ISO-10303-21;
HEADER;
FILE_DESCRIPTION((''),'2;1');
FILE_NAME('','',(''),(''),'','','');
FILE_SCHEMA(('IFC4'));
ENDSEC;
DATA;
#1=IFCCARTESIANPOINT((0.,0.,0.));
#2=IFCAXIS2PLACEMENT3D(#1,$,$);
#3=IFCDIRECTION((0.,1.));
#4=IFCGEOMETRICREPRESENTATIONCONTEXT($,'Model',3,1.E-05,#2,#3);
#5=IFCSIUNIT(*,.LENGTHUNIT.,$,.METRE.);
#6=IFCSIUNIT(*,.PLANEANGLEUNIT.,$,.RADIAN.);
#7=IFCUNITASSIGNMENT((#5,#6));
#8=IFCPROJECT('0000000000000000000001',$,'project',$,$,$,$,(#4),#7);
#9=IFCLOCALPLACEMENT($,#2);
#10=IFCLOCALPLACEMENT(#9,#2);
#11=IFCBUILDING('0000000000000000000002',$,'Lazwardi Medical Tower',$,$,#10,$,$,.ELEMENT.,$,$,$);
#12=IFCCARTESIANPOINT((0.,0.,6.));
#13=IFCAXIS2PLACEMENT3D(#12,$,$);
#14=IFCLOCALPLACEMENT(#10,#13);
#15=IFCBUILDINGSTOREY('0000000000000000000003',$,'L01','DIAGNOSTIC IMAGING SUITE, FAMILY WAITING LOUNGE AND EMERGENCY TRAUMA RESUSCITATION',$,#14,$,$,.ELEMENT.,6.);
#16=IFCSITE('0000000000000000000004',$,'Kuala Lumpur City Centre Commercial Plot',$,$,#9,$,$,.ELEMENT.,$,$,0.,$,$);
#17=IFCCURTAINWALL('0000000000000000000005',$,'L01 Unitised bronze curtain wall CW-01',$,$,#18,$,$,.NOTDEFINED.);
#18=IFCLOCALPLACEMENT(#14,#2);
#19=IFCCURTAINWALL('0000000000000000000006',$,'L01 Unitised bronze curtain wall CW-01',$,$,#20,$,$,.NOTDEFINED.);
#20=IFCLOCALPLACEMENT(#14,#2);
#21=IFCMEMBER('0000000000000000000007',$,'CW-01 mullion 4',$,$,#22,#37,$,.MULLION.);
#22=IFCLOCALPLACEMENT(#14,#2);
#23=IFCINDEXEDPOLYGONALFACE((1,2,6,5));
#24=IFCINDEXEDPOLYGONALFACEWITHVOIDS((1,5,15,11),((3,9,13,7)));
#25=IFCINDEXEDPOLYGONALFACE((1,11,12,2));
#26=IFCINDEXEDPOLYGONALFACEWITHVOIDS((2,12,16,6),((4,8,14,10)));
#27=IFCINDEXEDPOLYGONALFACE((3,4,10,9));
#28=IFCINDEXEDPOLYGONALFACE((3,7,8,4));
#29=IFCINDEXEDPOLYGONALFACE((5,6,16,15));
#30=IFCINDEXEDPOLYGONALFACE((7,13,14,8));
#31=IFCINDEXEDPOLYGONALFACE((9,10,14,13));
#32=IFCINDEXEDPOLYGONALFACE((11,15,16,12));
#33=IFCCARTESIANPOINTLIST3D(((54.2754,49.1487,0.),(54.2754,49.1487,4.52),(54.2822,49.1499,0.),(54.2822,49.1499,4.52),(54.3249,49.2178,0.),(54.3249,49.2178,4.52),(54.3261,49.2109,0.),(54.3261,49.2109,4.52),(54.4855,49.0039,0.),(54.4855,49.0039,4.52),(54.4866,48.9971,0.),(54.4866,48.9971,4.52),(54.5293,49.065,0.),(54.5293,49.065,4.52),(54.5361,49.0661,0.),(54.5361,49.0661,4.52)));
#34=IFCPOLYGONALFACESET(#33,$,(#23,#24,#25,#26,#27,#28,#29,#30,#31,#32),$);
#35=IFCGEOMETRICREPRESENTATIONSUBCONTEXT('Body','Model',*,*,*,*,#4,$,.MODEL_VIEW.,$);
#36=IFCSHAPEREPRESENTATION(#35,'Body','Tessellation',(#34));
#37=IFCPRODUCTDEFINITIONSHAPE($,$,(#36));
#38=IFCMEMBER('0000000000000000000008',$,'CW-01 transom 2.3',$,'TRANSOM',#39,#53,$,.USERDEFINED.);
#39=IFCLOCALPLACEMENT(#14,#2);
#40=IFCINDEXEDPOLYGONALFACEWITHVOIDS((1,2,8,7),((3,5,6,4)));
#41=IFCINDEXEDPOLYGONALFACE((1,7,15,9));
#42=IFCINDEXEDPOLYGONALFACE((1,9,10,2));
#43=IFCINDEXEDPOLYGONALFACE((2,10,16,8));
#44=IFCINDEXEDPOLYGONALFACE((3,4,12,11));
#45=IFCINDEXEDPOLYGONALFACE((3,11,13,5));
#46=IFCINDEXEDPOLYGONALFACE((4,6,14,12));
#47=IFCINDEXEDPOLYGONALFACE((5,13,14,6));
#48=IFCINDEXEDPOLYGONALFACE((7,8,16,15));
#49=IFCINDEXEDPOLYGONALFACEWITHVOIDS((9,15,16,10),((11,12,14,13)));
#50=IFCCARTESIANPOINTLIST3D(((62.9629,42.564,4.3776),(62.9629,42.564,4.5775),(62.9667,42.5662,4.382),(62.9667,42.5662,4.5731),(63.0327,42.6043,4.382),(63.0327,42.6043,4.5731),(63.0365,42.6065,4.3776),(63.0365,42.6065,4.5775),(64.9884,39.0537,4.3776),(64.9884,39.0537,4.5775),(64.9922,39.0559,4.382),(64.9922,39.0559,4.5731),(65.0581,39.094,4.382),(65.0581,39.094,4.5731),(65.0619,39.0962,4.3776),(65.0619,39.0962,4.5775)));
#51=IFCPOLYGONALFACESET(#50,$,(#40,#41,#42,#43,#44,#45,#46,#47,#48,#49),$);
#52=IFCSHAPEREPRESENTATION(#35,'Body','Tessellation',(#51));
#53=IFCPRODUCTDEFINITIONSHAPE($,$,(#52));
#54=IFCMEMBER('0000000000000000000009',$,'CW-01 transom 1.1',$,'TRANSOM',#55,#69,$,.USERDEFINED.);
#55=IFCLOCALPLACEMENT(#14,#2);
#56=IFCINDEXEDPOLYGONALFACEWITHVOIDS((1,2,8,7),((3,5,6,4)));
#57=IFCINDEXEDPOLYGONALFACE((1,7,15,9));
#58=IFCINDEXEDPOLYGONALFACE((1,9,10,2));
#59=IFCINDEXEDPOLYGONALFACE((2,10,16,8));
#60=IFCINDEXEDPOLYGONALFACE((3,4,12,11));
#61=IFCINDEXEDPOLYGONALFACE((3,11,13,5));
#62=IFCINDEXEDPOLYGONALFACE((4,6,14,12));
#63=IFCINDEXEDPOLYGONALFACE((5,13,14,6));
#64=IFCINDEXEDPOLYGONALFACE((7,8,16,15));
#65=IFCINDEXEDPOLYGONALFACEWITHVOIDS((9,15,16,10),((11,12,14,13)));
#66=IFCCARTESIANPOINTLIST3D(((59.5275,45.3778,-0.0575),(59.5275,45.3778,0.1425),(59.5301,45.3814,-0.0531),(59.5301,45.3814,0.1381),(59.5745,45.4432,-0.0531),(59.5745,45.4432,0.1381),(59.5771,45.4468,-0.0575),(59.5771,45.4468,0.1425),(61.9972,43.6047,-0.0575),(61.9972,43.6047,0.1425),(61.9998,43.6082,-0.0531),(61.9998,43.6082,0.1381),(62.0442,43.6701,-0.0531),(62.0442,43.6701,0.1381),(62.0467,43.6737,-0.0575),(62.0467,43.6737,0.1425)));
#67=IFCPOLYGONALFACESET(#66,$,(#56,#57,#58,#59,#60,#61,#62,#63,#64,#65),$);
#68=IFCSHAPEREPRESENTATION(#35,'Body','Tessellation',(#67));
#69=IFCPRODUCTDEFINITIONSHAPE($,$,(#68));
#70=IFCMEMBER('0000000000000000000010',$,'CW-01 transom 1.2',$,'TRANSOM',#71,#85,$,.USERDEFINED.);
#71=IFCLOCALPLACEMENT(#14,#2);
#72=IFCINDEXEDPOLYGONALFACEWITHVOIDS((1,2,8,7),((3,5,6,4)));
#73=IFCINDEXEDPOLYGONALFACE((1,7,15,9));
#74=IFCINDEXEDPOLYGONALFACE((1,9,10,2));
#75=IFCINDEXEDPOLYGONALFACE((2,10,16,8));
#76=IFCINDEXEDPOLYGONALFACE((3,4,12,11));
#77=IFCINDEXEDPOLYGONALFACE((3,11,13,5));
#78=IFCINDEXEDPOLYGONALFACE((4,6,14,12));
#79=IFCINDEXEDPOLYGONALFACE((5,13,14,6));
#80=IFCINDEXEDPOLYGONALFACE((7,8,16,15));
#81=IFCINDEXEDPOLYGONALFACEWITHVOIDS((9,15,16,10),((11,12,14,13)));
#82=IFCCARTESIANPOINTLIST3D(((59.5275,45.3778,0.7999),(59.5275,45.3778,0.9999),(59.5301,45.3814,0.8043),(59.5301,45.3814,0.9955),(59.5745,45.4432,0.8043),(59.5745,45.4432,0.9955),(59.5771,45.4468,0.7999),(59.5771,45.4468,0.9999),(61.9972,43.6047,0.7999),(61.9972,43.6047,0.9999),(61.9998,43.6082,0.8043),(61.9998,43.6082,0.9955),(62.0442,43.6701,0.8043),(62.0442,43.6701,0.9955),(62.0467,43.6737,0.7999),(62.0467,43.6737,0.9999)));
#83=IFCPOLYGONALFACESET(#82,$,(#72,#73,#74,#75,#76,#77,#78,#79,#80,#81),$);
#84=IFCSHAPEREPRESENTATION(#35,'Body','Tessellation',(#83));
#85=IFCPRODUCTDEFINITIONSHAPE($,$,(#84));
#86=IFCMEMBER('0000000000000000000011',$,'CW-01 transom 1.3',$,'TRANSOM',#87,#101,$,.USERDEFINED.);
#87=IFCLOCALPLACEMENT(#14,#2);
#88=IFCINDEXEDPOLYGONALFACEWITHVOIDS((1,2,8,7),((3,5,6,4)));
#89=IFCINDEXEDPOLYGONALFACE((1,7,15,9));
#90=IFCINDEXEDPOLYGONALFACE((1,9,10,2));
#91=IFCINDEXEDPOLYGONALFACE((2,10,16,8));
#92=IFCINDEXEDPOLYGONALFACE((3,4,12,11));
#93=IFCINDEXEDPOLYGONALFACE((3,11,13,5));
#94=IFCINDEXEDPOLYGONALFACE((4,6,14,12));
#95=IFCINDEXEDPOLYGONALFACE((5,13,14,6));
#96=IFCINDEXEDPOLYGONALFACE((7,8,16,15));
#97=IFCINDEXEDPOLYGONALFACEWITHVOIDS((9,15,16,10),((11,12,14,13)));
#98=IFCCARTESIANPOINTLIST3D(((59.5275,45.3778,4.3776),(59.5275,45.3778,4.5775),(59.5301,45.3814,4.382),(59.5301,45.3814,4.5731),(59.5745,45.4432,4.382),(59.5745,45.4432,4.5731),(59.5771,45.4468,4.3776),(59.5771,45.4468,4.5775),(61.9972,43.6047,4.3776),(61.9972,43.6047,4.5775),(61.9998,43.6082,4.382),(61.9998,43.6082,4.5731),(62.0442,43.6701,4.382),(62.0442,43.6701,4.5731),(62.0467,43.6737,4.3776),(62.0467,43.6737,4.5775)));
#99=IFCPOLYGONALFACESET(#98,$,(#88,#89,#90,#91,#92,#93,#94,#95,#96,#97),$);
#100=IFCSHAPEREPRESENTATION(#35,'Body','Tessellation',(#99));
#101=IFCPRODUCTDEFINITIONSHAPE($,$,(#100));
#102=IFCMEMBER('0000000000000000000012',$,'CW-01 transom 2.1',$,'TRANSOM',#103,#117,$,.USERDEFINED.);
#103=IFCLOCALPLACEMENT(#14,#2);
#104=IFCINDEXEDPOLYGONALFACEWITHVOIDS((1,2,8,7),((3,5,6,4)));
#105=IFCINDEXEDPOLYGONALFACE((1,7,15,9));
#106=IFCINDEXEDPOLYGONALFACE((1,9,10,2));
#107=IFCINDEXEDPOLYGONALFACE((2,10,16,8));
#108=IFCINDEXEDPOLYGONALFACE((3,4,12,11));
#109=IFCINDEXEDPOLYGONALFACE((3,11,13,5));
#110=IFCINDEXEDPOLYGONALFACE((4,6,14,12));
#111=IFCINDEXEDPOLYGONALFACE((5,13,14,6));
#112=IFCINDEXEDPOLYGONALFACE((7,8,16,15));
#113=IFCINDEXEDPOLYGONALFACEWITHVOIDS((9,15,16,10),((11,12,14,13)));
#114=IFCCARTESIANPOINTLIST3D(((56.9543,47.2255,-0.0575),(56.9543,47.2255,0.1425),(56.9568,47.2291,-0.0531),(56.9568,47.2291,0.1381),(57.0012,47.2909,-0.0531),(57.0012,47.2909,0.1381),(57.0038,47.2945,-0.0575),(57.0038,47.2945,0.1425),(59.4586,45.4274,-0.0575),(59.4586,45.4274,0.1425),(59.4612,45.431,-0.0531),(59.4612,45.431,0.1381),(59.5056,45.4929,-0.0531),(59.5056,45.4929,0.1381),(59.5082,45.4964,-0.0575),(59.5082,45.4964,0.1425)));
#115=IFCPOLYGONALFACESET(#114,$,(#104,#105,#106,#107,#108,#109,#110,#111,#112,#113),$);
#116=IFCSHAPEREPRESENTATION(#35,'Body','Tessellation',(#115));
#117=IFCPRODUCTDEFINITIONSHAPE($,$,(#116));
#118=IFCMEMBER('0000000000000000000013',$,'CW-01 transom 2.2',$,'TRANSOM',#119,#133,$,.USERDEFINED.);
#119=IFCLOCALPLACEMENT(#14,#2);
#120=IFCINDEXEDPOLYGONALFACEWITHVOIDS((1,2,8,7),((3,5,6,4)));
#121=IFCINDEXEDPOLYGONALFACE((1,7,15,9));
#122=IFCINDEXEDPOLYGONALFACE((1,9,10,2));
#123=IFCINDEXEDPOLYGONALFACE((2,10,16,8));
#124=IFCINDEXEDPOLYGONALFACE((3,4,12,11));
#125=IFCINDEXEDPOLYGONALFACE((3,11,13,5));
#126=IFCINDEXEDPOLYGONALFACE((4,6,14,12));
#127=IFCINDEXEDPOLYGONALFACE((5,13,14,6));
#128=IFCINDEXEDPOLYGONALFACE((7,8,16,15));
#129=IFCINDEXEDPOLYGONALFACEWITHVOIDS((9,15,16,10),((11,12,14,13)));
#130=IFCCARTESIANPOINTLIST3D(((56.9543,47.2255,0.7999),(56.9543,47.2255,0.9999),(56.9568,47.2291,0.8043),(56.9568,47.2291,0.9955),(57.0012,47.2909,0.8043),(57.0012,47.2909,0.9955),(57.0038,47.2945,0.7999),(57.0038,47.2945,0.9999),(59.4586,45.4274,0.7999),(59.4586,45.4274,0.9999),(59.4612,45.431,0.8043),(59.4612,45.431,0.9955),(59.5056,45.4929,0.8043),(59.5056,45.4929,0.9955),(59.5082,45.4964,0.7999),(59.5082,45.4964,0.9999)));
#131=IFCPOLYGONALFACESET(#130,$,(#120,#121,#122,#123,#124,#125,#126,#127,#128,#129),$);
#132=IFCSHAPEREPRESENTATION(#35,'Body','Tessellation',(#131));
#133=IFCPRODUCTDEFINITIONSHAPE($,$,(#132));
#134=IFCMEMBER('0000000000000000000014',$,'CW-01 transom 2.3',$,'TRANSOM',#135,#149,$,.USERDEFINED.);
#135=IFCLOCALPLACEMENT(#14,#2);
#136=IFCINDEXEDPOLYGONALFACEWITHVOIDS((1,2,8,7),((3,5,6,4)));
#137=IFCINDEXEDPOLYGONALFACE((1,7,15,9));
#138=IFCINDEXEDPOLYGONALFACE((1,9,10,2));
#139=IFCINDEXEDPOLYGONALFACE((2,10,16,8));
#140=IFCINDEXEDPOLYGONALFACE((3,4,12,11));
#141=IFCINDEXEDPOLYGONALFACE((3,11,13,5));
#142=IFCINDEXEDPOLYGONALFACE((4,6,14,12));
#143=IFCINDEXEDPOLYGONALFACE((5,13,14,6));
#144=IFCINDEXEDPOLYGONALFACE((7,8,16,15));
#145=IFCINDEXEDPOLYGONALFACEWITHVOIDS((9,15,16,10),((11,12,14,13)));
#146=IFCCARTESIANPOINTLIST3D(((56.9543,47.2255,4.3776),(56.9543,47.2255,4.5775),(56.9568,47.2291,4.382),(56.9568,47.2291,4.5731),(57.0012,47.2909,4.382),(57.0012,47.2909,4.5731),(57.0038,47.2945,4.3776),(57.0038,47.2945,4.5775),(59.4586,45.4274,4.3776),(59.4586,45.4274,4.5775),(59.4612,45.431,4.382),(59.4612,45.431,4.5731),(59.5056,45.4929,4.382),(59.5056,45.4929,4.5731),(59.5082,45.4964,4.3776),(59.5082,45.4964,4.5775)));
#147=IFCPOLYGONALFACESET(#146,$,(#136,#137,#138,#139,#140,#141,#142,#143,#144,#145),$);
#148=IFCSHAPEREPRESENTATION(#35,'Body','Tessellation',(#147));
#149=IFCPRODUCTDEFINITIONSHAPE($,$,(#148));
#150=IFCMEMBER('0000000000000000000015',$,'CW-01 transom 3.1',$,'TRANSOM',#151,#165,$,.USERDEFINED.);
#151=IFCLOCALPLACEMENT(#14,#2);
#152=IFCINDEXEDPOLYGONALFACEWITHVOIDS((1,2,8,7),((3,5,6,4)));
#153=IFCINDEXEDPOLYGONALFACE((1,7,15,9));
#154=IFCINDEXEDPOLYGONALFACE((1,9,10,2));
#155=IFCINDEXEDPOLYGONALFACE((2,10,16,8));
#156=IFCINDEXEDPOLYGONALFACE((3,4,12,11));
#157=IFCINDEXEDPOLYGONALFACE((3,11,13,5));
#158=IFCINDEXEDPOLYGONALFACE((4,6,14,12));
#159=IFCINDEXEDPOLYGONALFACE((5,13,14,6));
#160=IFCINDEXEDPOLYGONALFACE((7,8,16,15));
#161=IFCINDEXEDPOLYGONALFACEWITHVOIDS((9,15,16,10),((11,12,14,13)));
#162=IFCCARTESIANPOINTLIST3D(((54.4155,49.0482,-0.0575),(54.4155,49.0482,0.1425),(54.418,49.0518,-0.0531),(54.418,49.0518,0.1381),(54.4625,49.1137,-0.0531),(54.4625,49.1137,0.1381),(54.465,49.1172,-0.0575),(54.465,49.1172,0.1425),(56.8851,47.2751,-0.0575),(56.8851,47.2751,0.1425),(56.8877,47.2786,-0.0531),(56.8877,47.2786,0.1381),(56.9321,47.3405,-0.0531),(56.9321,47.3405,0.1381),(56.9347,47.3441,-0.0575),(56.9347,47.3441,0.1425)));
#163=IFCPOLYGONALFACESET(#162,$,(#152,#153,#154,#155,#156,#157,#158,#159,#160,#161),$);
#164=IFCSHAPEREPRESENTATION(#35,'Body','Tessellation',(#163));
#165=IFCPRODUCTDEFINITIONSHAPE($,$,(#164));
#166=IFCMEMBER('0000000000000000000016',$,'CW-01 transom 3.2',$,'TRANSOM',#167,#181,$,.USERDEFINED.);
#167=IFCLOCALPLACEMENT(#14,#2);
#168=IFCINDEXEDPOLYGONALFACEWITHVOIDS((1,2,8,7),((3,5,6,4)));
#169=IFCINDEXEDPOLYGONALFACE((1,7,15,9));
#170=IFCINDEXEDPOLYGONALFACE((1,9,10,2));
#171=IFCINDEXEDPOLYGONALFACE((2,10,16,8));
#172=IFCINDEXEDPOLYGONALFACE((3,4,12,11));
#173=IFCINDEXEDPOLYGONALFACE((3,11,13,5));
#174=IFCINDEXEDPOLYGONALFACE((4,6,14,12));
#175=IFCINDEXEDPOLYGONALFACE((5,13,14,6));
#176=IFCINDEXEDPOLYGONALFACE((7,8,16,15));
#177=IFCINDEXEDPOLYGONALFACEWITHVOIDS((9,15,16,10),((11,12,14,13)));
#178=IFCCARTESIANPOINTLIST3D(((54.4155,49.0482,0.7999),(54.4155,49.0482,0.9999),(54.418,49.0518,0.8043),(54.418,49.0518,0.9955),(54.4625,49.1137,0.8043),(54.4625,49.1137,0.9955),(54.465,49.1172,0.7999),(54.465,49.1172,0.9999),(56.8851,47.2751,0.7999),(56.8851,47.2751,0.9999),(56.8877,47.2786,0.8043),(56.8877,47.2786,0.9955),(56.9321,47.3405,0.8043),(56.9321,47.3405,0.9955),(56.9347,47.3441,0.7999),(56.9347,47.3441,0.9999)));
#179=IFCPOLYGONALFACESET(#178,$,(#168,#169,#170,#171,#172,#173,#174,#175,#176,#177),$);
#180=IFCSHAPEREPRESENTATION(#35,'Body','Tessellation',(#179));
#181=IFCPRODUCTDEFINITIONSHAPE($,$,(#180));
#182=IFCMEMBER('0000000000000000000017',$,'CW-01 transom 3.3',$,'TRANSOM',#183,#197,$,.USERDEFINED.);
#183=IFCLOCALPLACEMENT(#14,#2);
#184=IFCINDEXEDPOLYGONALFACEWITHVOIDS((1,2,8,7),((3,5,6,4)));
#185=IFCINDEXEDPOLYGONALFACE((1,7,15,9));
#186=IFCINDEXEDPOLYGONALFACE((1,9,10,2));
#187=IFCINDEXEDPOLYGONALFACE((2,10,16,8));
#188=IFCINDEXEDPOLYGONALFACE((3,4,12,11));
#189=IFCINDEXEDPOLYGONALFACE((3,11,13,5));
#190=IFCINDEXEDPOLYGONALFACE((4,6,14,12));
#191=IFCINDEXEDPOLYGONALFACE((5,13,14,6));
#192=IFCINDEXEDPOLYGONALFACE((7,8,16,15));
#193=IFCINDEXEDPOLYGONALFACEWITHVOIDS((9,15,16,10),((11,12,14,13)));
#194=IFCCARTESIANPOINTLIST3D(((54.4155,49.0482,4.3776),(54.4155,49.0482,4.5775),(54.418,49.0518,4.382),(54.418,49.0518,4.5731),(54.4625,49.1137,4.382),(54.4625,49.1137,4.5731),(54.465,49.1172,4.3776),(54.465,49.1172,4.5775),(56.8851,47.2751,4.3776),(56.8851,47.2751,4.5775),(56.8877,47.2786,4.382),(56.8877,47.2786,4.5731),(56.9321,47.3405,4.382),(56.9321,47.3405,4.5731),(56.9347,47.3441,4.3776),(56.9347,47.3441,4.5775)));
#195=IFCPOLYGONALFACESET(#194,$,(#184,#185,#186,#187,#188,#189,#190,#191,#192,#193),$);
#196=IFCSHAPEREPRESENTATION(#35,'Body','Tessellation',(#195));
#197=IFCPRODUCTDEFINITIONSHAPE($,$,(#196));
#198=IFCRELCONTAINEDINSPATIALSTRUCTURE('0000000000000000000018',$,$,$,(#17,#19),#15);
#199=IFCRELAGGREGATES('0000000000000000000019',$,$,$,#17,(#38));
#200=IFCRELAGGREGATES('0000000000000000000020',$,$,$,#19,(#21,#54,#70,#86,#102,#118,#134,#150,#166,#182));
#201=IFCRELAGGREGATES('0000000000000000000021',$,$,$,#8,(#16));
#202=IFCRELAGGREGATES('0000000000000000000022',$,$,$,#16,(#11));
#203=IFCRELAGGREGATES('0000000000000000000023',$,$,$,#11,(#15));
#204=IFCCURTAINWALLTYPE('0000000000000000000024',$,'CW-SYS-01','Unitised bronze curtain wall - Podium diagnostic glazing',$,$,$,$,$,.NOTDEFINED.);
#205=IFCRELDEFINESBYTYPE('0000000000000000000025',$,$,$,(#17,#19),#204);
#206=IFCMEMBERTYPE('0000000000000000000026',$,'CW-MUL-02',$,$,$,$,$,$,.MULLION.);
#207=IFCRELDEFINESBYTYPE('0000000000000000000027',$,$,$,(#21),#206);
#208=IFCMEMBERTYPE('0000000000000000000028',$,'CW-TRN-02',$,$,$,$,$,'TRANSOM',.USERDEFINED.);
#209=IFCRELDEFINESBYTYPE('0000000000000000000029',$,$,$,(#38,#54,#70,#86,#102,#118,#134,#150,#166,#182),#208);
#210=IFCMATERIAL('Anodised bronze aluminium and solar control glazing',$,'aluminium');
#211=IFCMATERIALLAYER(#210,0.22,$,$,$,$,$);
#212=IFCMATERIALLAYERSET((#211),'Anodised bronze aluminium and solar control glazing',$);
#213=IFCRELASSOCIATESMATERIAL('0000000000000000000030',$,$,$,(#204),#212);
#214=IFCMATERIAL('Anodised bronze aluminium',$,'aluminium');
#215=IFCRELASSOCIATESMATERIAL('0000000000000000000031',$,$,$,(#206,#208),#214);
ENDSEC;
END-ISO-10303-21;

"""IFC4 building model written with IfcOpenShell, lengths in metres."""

from ifc_helpers import new_model, si_unit, direction, frame, origin, origin_2d, place, context, subcontext, project, spatial, hollow_rectangle, extrude, material, layer, layer_set, material_profile, profile_set, type_object, element, aggregate, save


model = new_model("IFC4")

# Units and contexts
model_context = context("Model", 3, precision=1e-05, world=origin(), true_north=direction((0.0, 1.0)))
body_context = subcontext(model_context, "Body", "Model", "MODEL_VIEW")
ifc_project = project(units=[si_unit("LENGTHUNIT", "METRE"), si_unit("PLANEANGLEUNIT", "RADIAN")], contexts=[model_context])

# Site, building, storey
site_placement = place(None, origin())
site = spatial("IfcSite", under=ifc_project, at=site_placement, Name="Kuala Lumpur City Centre Commercial Plot", CompositionType="ELEMENT", RefElevation=0.0)
building_placement = place(site_placement, origin())
building = spatial("IfcBuilding", under=site, at=building_placement, Name="Lazwardi Medical Tower", CompositionType="ELEMENT")
storey_placement = place(building_placement, frame((0.0, 0.0, 6.0)))
storey = spatial("IfcBuildingStorey", under=building, at=storey_placement, Name="L01", Description="DIAGNOSTIC IMAGING SUITE, FAMILY WAITING LOUNGE AND EMERGENCY TRAUMA RESUSCITATION", CompositionType="ELEMENT", Elevation=6.0)

# Curtain wall
ifc_material_1 = material(Name="Anodised bronze aluminium and solar control glazing", Category="aluminium")
ifc_layer_1 = layer(ifc_material_1, 0.22)
ifc_layer_set_1 = layer_set([ifc_layer_1], Name="Anodised bronze aluminium and solar control glazing")
curtain_wall_type = type_object("IfcCurtainWallType", Name="CW-SYS-01", Description="Unitised bronze curtain wall - Podium diagnostic glazing", PredefinedType="NOTDEFINED", material=ifc_layer_set_1)
curtain_wall_1_placement = place(storey_placement, origin())
curtain_wall_1 = element("IfcCurtainWall", 1, at=curtain_wall_1_placement, inside=storey, type_object=curtain_wall_type, Name="L01 Unitised bronze curtain wall CW-01", PredefinedType="NOTDEFINED")
ifc_material_2 = material(Name="Anodised bronze aluminium", Category="aluminium")
ifc_material_profile_1 = material_profile(ifc_material_2, hollow_rectangle(XDim=0.085, YDim=0.26, WallThickness=0.0049, at=origin_2d()), Name="ALU-MULLION 260x85x5")
ifc_profile_set_1 = profile_set([ifc_material_profile_1], Name="Anodised bronze aluminium")
member_type_1 = type_object("IfcMemberType", Name="CW-MUL-02", PredefinedType="MULLION", material=ifc_profile_set_1)

# Curtain wall, member
curtain_wall_2_placement = place(storey_placement, origin())
curtain_wall_2 = element("IfcCurtainWall", 2, at=curtain_wall_2_placement, inside=storey, type_object=curtain_wall_type, Name="L01 Unitised bronze curtain wall CW-01", PredefinedType="NOTDEFINED")
member_1_placement = place(storey_placement, frame((54.4058, 49.1074, 0.0), z_axis=(0.0, 0.0, 1.0), x_axis=(-0.583214, -0.812318, 0.0)))
member_1 = element("IfcMember", 3, at=member_1_placement, type_object=member_type_1, Name="CW-01 mullion 4", PredefinedType="MULLION", context=body_context, shape_type="SweptSolid", body=[
    extrude(hollow_rectangle(XDim=0.085, YDim=0.26, WallThickness=0.0049, at=origin_2d()), origin(), (0.0, 0.0, 1.0), 4.52),
])

# Members
ifc_material_profile_2 = material_profile(ifc_material_2, hollow_rectangle(XDim=0.085, YDim=0.2, WallThickness=0.0044, at=origin_2d()), Name="ALU-TRANSOM 200x85x4.5")
ifc_profile_set_2 = profile_set([ifc_material_profile_2], Name="Anodised bronze aluminium")
member_type_2 = type_object("IfcMemberType", Name="CW-TRN-02", ElementType="TRANSOM", PredefinedType="USERDEFINED", material=ifc_profile_set_2)
member_2_placement = place(storey_placement, frame((65.0251, 39.075, 4.4775), z_axis=(-0.499768, 0.86616, 0.0), x_axis=(-0.86616, -0.499768, 0.0)))
member_2 = element("IfcMember", 4, at=member_2_placement, type_object=member_type_2, Name="CW-01 transom 2.3", ObjectType="TRANSOM", PredefinedType="USERDEFINED", context=body_context, shape_type="SweptSolid", body=[
    extrude(hollow_rectangle(XDim=0.085, YDim=0.2, WallThickness=0.0044, at=origin_2d()), origin(), (0.0, 0.0, 1.0), 4.0527),
])
member_3_placement = place(storey_placement, frame((62.022, 43.6392, 0.0425), z_axis=(-0.812315, 0.583219, 0.0), x_axis=(-0.583219, -0.812315, 0.0)))
member_3 = element("IfcMember", 5, at=member_3_placement, type_object=member_type_2, Name="CW-01 transom 1.1", ObjectType="TRANSOM", PredefinedType="USERDEFINED", context=body_context, shape_type="SweptSolid", body=[
    extrude(hollow_rectangle(XDim=0.085, YDim=0.2, WallThickness=0.0044, at=origin_2d()), origin(), (0.0, 0.0, 1.0), 3.0403),
])
member_4_placement = place(storey_placement, frame((62.022, 43.6392, 0.8999), z_axis=(-0.812315, 0.583219, 0.0), x_axis=(-0.583219, -0.812315, 0.0)))
member_4 = element("IfcMember", 6, at=member_4_placement, type_object=member_type_2, Name="CW-01 transom 1.2", ObjectType="TRANSOM", PredefinedType="USERDEFINED", context=body_context, shape_type="SweptSolid", body=[
    extrude(hollow_rectangle(XDim=0.085, YDim=0.2, WallThickness=0.0044, at=origin_2d()), origin(), (0.0, 0.0, 1.0), 3.0403),
])
member_5_placement = place(storey_placement, frame((62.022, 43.6392, 4.4775), z_axis=(-0.812315, 0.583219, 0.0), x_axis=(-0.583219, -0.812315, 0.0)))
member_5 = element("IfcMember", 7, at=member_5_placement, type_object=member_type_2, Name="CW-01 transom 1.3", ObjectType="TRANSOM", PredefinedType="USERDEFINED", context=body_context, shape_type="SweptSolid", body=[
    extrude(hollow_rectangle(XDim=0.085, YDim=0.2, WallThickness=0.0044, at=origin_2d()), origin(), (0.0, 0.0, 1.0), 3.0403),
])
member_6_placement = place(storey_placement, frame((59.4834, 45.4619, 0.0425), z_axis=(-0.812313, 0.583222, 0.0), x_axis=(-0.583222, -0.812313, 0.0)))
member_6 = element("IfcMember", 8, at=member_6_placement, type_object=member_type_2, Name="CW-01 transom 2.1", ObjectType="TRANSOM", PredefinedType="USERDEFINED", context=body_context, shape_type="SweptSolid", body=[
    extrude(hollow_rectangle(XDim=0.085, YDim=0.2, WallThickness=0.0044, at=origin_2d()), origin(), (0.0, 0.0, 1.0), 3.083),
])
member_7_placement = place(storey_placement, frame((59.4834, 45.4619, 0.8999), z_axis=(-0.812313, 0.583222, 0.0), x_axis=(-0.583222, -0.812313, 0.0)))
member_7 = element("IfcMember", 9, at=member_7_placement, type_object=member_type_2, Name="CW-01 transom 2.2", ObjectType="TRANSOM", PredefinedType="USERDEFINED", context=body_context, shape_type="SweptSolid", body=[
    extrude(hollow_rectangle(XDim=0.085, YDim=0.2, WallThickness=0.0044, at=origin_2d()), origin(), (0.0, 0.0, 1.0), 3.083),
])
member_8_placement = place(storey_placement, frame((59.4834, 45.4619, 4.4775), z_axis=(-0.812313, 0.583222, 0.0), x_axis=(-0.583222, -0.812313, 0.0)))
member_8 = element("IfcMember", 10, at=member_8_placement, type_object=member_type_2, Name="CW-01 transom 2.3", ObjectType="TRANSOM", PredefinedType="USERDEFINED", context=body_context, shape_type="SweptSolid", body=[
    extrude(hollow_rectangle(XDim=0.085, YDim=0.2, WallThickness=0.0044, at=origin_2d()), origin(), (0.0, 0.0, 1.0), 3.083),
])
member_9_placement = place(storey_placement, frame((56.9099, 47.3096, 0.0425), z_axis=(-0.812315, 0.583219, 0.0), x_axis=(-0.583219, -0.812315, 0.0)))
member_9 = element("IfcMember", 11, at=member_9_placement, type_object=member_type_2, Name="CW-01 transom 3.1", ObjectType="TRANSOM", PredefinedType="USERDEFINED", context=body_context, shape_type="SweptSolid", body=[
    extrude(hollow_rectangle(XDim=0.085, YDim=0.2, WallThickness=0.0044, at=origin_2d()), origin(), (0.0, 0.0, 1.0), 3.0403),
])
member_10_placement = place(storey_placement, frame((56.9099, 47.3096, 0.8999), z_axis=(-0.812315, 0.583219, 0.0), x_axis=(-0.583219, -0.812315, 0.0)))
member_10 = element("IfcMember", 12, at=member_10_placement, type_object=member_type_2, Name="CW-01 transom 3.2", ObjectType="TRANSOM", PredefinedType="USERDEFINED", context=body_context, shape_type="SweptSolid", body=[
    extrude(hollow_rectangle(XDim=0.085, YDim=0.2, WallThickness=0.0044, at=origin_2d()), origin(), (0.0, 0.0, 1.0), 3.0403),
])
member_11_placement = place(storey_placement, frame((56.9099, 47.3096, 4.4775), z_axis=(-0.812315, 0.583219, 0.0), x_axis=(-0.583219, -0.812315, 0.0)))
member_11 = element("IfcMember", 13, at=member_11_placement, type_object=member_type_2, Name="CW-01 transom 3.3", ObjectType="TRANSOM", PredefinedType="USERDEFINED", context=body_context, shape_type="SweptSolid", body=[
    extrude(hollow_rectangle(XDim=0.085, YDim=0.2, WallThickness=0.0044, at=origin_2d()), origin(), (0.0, 0.0, 1.0), 3.0403),
])

aggregate(curtain_wall_1, [member_2])
aggregate(curtain_wall_2, [member_1, member_3, member_4, member_5, member_6, member_7, member_8, member_9, member_10, member_11])

save(model, "model.ifc")
